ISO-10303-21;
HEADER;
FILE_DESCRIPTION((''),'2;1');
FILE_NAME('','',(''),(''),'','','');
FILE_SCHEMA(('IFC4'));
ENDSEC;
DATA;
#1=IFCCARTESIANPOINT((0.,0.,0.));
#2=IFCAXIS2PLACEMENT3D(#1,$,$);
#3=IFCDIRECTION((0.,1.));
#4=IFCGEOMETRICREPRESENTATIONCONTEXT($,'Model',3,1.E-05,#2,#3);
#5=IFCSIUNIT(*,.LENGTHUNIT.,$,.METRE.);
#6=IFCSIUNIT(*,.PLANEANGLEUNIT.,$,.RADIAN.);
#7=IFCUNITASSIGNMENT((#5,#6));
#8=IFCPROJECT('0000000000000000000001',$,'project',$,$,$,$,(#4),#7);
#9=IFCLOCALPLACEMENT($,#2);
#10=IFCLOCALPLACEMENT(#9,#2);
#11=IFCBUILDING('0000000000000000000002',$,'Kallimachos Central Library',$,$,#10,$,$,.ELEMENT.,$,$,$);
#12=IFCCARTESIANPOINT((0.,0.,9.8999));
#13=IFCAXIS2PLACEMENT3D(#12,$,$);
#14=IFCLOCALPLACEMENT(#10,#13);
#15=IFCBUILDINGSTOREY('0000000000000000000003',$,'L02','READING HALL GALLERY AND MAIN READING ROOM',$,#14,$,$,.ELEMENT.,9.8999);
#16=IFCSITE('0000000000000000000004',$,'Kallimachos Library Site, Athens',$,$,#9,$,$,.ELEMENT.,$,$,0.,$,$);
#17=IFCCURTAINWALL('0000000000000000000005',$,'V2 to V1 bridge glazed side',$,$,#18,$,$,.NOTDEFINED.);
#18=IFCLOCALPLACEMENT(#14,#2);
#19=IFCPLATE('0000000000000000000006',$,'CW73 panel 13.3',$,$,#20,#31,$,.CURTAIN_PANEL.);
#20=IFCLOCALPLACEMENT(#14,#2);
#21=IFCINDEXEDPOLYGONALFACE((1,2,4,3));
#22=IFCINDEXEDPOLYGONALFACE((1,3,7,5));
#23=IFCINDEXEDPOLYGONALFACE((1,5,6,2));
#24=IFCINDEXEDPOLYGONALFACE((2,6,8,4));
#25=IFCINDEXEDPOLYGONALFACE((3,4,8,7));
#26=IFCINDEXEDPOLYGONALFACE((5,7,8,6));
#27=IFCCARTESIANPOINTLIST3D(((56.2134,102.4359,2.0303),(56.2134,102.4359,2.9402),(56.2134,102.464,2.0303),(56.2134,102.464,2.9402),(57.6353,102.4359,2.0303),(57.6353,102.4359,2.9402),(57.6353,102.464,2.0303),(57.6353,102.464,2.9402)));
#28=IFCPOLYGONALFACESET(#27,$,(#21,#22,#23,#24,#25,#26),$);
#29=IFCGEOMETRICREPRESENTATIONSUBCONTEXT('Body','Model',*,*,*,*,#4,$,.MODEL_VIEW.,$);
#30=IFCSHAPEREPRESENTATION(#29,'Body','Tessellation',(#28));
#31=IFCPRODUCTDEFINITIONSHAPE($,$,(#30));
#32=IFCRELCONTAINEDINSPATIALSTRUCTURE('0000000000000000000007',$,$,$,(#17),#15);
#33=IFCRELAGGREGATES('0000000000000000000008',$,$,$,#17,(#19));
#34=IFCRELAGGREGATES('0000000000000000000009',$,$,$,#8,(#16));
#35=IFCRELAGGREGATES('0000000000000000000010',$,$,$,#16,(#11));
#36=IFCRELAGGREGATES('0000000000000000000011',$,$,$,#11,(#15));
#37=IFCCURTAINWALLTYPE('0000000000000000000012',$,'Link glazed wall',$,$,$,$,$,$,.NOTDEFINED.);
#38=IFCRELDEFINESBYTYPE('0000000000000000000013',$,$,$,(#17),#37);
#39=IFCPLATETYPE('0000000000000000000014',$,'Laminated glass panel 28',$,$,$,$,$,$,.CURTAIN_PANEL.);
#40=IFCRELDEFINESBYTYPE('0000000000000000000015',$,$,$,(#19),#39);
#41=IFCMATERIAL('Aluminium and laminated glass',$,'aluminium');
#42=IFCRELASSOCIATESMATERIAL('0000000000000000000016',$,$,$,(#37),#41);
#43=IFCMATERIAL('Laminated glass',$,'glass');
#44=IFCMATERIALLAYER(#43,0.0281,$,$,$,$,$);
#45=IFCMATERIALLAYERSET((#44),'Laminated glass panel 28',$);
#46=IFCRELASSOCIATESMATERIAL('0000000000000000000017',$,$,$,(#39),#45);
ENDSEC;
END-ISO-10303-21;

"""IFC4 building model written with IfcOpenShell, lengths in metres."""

from ifc_helpers import new_model, si_unit, direction, frame, origin, origin_2d, place, context, subcontext, project, spatial, rectangle, extrude, material, layer, layer_set, type_object, element, aggregate, save


model = new_model("IFC4")

# Units and contexts
model_context = context("Model", 3, precision=1e-05, world=origin(), true_north=direction((0.0, 1.0)))
body_context = subcontext(model_context, "Body", "Model", "MODEL_VIEW")
ifc_project = project(units=[si_unit("LENGTHUNIT", "METRE"), si_unit("PLANEANGLEUNIT", "RADIAN")], contexts=[model_context])

# Site, building, storey
site_placement = place(None, origin())
site = spatial("IfcSite", under=ifc_project, at=site_placement, Name="Kallimachos Library Site, Athens", CompositionType="ELEMENT", RefElevation=0.0)
building_placement = place(site_placement, origin())
building = spatial("IfcBuilding", under=site, at=building_placement, Name="Kallimachos Central Library", CompositionType="ELEMENT")
storey_placement = place(building_placement, frame((0.0, 0.0, 9.8999)))
storey = spatial("IfcBuildingStorey", under=building, at=storey_placement, Name="L02", Description="READING HALL GALLERY AND MAIN READING ROOM", CompositionType="ELEMENT", Elevation=9.8999)

# Curtain wall
ifc_material_1 = material(Name="Aluminium and laminated glass", Category="aluminium")
curtain_wall_type = type_object("IfcCurtainWallType", Name="Link glazed wall", PredefinedType="NOTDEFINED", material=ifc_material_1)
curtain_wall_1_placement = place(storey_placement, origin())
curtain_wall_1 = element("IfcCurtainWall", 1, at=curtain_wall_1_placement, inside=storey, type_object=curtain_wall_type, Name="V2 to V1 bridge glazed side", PredefinedType="NOTDEFINED")

# Plate
ifc_material_2 = material(Name="Laminated glass", Category="glass")
ifc_layer = layer(ifc_material_2, 0.0281)
ifc_layer_set = layer_set([ifc_layer], Name="Laminated glass panel 28")
plate_type = type_object("IfcPlateType", Name="Laminated glass panel 28", PredefinedType="CURTAIN_PANEL", material=ifc_layer_set)
plate_1_placement = place(storey_placement, frame((56.9243, 102.45, 2.0303), z_axis=(0.0, 0.0, 1.0), x_axis=(1.0, 0.0, 0.0)))
plate_1 = element("IfcPlate", 2, at=plate_1_placement, type_object=plate_type, Name="CW73 panel 13.3", PredefinedType="CURTAIN_PANEL", context=body_context, shape_type="SweptSolid", body=[
    extrude(rectangle(XDim=1.4219, YDim=0.0281, at=origin_2d()), origin(), (0.0, 0.0, 1.0), 0.9099),
])
aggregate(curtain_wall_1, [plate_1])

save(model, "model.ifc")
